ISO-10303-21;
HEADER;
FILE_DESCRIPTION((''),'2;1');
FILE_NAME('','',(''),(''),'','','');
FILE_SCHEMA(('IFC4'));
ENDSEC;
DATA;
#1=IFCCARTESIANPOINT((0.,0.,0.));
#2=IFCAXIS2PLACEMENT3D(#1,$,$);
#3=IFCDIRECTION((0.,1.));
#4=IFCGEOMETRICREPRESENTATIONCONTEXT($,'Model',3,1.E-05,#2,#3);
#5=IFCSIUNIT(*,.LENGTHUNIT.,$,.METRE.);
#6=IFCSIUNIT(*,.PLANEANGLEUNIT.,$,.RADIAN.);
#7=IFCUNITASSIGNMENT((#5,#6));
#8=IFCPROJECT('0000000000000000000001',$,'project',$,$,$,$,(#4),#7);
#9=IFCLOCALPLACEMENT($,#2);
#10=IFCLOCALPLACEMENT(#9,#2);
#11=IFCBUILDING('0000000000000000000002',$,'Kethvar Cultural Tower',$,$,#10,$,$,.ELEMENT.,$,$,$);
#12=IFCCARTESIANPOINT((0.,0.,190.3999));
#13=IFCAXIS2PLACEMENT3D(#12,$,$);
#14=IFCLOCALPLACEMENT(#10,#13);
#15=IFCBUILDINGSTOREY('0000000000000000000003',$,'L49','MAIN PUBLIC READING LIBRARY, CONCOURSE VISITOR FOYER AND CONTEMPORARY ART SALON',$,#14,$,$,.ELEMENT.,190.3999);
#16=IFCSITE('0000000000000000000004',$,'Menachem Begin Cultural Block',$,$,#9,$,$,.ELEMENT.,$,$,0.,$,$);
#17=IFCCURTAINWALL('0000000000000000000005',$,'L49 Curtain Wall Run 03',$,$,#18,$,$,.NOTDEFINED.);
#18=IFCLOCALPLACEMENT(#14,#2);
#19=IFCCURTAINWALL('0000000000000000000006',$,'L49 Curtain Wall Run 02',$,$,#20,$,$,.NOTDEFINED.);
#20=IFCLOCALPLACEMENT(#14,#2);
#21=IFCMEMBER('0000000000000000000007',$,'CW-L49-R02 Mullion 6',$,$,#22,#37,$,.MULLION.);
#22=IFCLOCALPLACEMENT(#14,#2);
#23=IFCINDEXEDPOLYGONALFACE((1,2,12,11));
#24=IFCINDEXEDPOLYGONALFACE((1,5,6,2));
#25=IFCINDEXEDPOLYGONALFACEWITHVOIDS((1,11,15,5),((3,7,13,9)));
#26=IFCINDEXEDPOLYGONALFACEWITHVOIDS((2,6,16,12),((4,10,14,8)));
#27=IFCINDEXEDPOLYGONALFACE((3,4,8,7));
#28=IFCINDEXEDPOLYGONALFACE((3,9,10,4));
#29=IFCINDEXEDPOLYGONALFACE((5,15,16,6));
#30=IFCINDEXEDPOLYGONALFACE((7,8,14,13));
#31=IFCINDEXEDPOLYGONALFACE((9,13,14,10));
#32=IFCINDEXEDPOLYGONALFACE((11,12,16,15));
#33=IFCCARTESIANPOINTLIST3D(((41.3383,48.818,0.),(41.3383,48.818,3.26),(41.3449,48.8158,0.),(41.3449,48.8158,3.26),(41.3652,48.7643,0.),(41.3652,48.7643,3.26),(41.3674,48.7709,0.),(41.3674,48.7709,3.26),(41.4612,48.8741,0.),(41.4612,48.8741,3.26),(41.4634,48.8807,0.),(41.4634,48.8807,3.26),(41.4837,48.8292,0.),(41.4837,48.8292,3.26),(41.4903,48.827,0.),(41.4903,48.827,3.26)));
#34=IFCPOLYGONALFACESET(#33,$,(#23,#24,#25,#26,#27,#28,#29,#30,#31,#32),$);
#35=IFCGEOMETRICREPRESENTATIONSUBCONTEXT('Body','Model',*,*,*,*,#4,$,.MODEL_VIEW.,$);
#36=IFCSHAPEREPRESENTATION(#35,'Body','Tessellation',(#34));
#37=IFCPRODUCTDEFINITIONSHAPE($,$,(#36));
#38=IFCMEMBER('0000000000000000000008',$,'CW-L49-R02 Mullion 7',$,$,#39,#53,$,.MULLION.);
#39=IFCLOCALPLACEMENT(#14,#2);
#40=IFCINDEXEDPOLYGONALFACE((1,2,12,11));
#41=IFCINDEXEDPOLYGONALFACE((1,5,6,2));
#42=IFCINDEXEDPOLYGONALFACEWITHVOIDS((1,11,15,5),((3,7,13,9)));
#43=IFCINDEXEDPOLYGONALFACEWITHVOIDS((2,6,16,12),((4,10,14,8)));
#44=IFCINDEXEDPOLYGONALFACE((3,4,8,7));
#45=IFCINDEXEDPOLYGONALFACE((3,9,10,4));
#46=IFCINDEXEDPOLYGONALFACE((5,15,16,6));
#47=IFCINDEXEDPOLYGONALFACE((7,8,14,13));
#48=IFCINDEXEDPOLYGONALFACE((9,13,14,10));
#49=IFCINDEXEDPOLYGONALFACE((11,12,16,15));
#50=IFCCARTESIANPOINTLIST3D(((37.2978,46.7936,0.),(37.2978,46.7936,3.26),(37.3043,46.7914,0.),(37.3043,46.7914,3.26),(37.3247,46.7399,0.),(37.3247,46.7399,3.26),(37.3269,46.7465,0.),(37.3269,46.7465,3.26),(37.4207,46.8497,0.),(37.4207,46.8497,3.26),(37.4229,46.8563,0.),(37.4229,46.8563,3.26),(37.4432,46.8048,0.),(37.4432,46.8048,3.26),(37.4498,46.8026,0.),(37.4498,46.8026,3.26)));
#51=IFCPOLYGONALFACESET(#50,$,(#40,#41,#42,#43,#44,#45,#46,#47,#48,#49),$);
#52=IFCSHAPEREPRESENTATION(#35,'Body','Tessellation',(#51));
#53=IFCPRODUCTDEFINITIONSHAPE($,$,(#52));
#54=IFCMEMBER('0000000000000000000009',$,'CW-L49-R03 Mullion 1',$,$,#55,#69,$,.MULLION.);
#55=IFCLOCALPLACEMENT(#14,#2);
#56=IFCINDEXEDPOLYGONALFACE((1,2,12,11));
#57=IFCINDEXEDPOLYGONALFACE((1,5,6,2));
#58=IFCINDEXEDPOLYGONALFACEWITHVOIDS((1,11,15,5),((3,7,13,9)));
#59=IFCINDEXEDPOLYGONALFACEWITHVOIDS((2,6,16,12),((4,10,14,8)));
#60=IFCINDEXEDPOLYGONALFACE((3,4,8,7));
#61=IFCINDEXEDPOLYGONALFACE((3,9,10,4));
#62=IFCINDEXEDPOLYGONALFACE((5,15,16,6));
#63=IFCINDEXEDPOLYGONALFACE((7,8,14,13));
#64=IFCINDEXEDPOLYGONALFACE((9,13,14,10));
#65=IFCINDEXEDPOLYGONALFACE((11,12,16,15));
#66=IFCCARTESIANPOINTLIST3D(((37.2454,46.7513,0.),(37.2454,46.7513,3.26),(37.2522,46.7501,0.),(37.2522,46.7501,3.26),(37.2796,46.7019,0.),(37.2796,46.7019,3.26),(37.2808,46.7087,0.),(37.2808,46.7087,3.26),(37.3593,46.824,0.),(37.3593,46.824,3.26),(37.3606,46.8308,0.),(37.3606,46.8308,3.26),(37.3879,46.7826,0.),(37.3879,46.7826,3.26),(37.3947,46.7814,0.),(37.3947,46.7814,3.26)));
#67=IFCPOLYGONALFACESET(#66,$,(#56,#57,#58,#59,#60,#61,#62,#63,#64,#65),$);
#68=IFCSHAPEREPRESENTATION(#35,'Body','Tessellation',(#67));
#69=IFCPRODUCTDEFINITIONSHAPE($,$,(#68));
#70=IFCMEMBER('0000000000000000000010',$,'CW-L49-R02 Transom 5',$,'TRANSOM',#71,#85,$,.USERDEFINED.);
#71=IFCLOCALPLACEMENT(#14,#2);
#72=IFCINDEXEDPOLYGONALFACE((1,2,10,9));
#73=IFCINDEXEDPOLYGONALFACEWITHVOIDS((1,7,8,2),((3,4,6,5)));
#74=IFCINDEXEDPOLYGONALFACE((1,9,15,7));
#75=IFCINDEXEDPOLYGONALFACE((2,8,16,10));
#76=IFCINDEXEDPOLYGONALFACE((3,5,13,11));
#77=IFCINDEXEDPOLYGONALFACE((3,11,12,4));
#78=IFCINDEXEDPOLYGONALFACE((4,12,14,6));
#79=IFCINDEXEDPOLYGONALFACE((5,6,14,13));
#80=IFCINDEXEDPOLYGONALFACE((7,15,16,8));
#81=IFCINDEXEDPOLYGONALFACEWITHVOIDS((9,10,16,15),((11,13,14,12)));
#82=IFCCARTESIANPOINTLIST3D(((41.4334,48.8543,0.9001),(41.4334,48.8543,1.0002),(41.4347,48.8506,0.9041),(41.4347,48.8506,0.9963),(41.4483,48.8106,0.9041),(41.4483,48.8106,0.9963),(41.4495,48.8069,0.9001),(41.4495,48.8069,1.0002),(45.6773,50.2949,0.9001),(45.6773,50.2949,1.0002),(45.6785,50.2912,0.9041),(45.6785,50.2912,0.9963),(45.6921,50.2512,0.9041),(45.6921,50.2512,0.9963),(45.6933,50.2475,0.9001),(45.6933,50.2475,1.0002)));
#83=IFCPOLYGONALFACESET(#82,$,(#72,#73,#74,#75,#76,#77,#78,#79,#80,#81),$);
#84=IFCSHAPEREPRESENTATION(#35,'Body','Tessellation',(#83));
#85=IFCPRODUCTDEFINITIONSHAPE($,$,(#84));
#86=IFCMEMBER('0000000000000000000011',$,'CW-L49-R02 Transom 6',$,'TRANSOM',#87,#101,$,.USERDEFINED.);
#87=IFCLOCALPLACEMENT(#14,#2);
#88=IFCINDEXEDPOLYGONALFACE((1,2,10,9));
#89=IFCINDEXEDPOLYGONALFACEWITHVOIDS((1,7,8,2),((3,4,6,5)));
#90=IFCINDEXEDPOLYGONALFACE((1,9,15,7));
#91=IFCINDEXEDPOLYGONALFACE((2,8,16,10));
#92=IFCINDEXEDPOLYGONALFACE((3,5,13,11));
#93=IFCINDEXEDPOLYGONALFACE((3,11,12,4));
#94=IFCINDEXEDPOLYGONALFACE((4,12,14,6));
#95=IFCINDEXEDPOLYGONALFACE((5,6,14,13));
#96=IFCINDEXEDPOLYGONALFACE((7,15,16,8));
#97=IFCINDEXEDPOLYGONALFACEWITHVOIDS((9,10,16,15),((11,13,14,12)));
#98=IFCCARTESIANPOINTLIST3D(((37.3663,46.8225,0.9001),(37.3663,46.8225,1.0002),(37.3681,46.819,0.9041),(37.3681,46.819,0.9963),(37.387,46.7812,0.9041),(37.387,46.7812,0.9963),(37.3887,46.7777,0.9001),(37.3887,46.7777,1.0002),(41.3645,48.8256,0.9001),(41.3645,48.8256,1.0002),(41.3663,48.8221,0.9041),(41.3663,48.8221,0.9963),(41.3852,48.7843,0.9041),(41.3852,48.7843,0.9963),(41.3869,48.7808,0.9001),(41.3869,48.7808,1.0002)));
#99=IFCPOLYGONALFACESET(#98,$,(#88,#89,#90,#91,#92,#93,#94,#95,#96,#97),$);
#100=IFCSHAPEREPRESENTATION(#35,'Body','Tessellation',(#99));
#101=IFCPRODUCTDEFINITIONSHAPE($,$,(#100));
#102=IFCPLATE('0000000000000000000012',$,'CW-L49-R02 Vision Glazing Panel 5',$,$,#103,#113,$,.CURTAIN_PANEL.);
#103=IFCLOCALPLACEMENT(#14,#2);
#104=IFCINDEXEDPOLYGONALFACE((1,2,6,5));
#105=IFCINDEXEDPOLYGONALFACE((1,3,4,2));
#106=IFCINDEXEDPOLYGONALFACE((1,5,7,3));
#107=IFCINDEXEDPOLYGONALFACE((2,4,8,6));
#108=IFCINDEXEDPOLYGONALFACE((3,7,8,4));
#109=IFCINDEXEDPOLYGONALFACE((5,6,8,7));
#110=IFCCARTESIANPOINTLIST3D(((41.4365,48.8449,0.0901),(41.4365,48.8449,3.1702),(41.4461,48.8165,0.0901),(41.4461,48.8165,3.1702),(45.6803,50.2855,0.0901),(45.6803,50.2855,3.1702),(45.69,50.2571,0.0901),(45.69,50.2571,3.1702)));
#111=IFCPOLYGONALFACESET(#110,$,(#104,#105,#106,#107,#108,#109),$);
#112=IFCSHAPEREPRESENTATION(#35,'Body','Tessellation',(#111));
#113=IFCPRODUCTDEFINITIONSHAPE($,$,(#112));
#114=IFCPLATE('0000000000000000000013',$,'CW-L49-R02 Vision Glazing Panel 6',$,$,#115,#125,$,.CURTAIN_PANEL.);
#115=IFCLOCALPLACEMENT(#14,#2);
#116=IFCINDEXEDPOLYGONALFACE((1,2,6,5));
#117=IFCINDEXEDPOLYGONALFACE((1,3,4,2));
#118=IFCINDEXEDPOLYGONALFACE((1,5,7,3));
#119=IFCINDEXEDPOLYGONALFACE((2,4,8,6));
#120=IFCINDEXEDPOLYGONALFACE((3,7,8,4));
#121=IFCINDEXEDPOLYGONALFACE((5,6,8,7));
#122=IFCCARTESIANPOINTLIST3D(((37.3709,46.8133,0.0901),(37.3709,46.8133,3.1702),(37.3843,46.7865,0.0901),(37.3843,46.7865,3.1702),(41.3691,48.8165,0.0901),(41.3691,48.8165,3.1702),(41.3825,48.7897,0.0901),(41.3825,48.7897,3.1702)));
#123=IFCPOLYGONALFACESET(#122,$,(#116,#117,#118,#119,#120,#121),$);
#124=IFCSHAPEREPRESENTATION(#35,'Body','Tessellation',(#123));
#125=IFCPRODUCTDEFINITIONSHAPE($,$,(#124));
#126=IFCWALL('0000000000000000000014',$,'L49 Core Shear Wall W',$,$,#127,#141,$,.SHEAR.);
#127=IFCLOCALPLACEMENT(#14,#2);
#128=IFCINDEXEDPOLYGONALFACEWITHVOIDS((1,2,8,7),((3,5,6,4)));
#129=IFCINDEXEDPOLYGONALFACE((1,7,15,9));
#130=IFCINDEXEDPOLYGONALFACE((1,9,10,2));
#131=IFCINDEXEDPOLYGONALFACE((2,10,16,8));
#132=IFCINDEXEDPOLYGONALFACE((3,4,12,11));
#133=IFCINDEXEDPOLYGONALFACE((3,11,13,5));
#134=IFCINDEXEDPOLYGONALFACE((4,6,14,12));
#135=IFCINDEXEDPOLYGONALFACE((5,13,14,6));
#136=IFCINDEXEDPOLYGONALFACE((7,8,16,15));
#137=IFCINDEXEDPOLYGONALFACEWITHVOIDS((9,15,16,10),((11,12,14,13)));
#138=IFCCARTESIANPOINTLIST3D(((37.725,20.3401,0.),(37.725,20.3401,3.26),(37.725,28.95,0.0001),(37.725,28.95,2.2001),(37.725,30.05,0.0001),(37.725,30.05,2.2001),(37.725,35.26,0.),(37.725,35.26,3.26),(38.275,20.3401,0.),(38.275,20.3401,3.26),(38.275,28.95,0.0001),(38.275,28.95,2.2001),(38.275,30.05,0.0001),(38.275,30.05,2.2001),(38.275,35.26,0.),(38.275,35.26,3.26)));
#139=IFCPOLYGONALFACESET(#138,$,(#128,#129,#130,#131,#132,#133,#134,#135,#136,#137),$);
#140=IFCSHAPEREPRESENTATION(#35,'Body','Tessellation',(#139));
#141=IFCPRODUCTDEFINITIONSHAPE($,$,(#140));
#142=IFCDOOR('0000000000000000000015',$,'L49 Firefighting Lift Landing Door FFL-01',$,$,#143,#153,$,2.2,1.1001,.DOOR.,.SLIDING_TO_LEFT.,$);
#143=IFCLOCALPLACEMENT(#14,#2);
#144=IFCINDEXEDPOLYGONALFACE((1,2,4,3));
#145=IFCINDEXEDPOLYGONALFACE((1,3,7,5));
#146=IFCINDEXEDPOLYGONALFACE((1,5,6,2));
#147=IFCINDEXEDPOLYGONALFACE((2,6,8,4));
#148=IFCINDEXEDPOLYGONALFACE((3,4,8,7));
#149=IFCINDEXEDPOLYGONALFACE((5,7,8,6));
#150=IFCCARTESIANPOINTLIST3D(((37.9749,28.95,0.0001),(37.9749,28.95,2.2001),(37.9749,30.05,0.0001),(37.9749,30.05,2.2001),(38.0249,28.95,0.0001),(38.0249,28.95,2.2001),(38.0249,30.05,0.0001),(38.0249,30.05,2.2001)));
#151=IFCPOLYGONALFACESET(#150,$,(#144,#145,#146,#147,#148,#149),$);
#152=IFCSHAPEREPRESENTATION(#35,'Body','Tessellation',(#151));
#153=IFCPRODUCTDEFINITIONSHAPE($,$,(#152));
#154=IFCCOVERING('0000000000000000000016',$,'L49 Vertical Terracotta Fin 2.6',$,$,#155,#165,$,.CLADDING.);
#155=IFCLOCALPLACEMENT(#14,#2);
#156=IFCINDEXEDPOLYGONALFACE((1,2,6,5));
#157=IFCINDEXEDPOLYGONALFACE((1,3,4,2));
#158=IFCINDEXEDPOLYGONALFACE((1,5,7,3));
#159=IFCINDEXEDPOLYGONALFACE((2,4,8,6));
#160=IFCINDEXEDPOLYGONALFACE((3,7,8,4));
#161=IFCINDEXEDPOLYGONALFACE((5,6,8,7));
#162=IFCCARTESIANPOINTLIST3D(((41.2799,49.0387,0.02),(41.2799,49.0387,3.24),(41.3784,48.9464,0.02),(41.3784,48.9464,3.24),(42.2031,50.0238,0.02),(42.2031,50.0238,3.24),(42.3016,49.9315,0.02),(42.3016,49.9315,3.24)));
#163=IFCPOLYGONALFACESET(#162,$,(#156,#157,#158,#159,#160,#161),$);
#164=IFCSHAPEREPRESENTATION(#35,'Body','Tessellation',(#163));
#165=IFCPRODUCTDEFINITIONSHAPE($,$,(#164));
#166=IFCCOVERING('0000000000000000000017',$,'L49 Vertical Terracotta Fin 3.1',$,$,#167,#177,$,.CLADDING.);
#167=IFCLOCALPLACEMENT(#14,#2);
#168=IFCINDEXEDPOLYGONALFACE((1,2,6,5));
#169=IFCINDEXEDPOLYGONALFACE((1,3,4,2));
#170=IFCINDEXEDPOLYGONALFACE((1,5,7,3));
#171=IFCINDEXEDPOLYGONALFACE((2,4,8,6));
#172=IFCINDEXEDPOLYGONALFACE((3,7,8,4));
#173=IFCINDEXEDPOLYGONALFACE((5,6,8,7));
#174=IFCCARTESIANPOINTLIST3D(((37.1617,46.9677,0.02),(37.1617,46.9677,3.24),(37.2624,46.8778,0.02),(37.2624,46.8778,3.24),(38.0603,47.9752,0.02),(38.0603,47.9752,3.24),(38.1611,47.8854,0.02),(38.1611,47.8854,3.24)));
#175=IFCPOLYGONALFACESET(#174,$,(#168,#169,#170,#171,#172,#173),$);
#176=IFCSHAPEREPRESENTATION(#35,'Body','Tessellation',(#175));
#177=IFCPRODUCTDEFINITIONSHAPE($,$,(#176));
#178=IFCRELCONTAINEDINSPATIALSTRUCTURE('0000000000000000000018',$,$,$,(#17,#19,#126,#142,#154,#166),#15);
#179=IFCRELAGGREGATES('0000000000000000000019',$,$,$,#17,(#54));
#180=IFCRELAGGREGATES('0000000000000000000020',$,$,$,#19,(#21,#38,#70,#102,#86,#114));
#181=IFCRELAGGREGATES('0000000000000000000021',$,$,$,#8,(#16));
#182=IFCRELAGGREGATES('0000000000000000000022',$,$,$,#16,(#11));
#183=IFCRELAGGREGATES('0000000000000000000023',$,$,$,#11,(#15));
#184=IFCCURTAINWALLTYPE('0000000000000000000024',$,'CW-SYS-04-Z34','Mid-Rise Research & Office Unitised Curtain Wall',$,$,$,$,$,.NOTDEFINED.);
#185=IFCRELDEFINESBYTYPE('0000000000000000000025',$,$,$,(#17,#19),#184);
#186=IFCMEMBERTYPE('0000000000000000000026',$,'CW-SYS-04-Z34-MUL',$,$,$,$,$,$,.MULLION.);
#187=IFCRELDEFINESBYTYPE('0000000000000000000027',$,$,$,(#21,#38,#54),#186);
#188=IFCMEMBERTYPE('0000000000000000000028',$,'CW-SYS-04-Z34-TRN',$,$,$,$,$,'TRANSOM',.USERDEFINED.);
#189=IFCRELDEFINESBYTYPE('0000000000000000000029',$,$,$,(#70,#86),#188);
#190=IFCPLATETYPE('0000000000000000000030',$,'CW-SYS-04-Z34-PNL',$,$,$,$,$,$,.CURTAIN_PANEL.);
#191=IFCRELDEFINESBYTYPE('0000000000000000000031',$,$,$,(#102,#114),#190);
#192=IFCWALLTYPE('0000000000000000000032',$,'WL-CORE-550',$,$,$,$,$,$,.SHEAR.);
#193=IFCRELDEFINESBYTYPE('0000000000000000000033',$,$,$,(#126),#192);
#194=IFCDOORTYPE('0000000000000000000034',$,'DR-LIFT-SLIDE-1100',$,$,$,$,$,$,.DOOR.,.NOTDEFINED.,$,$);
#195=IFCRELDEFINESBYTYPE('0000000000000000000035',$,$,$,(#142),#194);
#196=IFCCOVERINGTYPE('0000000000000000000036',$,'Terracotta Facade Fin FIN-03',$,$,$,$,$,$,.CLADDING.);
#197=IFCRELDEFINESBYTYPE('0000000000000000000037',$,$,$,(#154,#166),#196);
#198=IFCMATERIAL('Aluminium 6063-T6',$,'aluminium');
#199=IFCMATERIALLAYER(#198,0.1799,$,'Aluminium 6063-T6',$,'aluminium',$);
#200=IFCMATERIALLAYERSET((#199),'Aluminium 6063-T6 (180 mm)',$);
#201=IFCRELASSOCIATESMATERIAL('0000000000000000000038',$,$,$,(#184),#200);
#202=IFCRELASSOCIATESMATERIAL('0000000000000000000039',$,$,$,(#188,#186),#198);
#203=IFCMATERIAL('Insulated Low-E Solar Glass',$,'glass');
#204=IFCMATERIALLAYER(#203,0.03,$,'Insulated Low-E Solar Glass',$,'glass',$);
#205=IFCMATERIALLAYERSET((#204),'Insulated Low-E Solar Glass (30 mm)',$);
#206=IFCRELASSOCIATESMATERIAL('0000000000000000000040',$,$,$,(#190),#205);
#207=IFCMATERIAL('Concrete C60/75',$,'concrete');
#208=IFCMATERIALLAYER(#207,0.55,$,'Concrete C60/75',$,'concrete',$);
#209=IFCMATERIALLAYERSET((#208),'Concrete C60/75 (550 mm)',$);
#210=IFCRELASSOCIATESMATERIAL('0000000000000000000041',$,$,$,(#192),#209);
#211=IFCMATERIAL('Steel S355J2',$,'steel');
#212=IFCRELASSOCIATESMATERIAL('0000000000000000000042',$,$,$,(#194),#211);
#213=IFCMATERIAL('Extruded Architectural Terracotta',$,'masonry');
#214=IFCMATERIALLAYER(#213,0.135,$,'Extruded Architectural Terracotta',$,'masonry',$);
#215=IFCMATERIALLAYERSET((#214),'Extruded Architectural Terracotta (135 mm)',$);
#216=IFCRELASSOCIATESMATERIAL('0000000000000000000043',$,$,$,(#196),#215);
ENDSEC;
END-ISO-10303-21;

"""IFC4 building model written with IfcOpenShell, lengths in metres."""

from ifc_helpers import new_model, si_unit, direction, frame, frame_2d, origin, origin_2d, place, context, subcontext, project, spatial, rectangle, hollow_rectangle, extrude, source, transform, mapped, material, layer, layer_set, material_profile, profile_set, type_object, element, fill, aggregate, save


model = new_model("IFC4")

# Units and contexts
model_context = context("Model", 3, precision=1e-05, world=origin(), true_north=direction((0.0, 1.0)))
body_context = subcontext(model_context, "Body", "Model", "MODEL_VIEW")
ifc_project = project(units=[si_unit("LENGTHUNIT", "METRE"), si_unit("PLANEANGLEUNIT", "RADIAN")], contexts=[model_context])

# Site, building, storey
site_placement = place(None, origin())
site = spatial("IfcSite", under=ifc_project, at=site_placement, Name="Menachem Begin Cultural Block", CompositionType="ELEMENT", RefElevation=0.0)
building_placement = place(site_placement, origin())
building = spatial("IfcBuilding", under=site, at=building_placement, Name="Kethvar Cultural Tower", CompositionType="ELEMENT")
storey_placement = place(building_placement, frame((0.0, 0.0, 190.3999)))
storey = spatial("IfcBuildingStorey", under=building, at=storey_placement, Name="L49", Description="MAIN PUBLIC READING LIBRARY, CONCOURSE VISITOR FOYER AND CONTEMPORARY ART SALON", CompositionType="ELEMENT", Elevation=190.3999)

# Shared definitions
ifc_material_1 = material(Name="Steel S355J2", Category="steel")

# Curtain wall
ifc_material_2 = material(Name="Aluminium 6063-T6", Category="aluminium")
ifc_layer_1 = layer(ifc_material_2, 0.1799, Name="Aluminium 6063-T6", Category="aluminium")
ifc_layer_set_1 = layer_set([ifc_layer_1], Name="Aluminium 6063-T6 (180 mm)")
curtain_wall_type = type_object("IfcCurtainWallType", Name="CW-SYS-04-Z34", Description="Mid-Rise Research & Office Unitised Curtain Wall", PredefinedType="NOTDEFINED", material=ifc_layer_set_1)
curtain_wall_1_placement = place(storey_placement, origin())
curtain_wall_1 = element("IfcCurtainWall", 1, at=curtain_wall_1_placement, inside=storey, type_object=curtain_wall_type, Name="L49 Curtain Wall Run 03", PredefinedType="NOTDEFINED")
ifc_material_profile_1 = material_profile(ifc_material_2, hollow_rectangle(XDim=0.05, YDim=0.1001, WallThickness=0.0039, at=origin_2d()), Name="Aluminium 6063-T6 — RHS100x50x4")
ifc_profile_set_1 = profile_set([ifc_material_profile_1], Name="Aluminium 6063-T6 — RHS100x50x4")
member_type_1 = type_object("IfcMemberType", Name="CW-SYS-04-Z34-TRN", ElementType="TRANSOM", PredefinedType="USERDEFINED", material=ifc_profile_set_1)

# Curtain wall, members
curtain_wall_2_placement = place(storey_placement, origin())
curtain_wall_2 = element("IfcCurtainWall", 2, at=curtain_wall_2_placement, inside=storey, type_object=curtain_wall_type, Name="L49 Curtain Wall Run 02", PredefinedType="NOTDEFINED")
ifc_material_profile_2 = material_profile(ifc_material_2, hollow_rectangle(XDim=0.0601, YDim=0.1399, WallThickness=0.0049, at=origin_2d()), Name="Aluminium 6063-T6 — RHS140x60x5")
ifc_profile_set_2 = profile_set([ifc_material_profile_2], Name="Aluminium 6063-T6 — RHS140x60x5")
member_type_2 = type_object("IfcMemberType", Name="CW-SYS-04-Z34-MUL", PredefinedType="MULLION", material=ifc_profile_set_2)
shared_shape_1 = source(origin(), body_context, "Body", "SweptSolid", [
    extrude(hollow_rectangle(XDim=0.0601, YDim=0.1399, WallThickness=0.0049, at=origin_2d()), origin(), (0.0, 0.0, 1.0), 3.26),
])
member_1_placement = place(storey_placement, frame((41.4143, 48.8225, 0.0), z_axis=(0.0, 0.0, 1.0), x_axis=(0.447946, -0.89406, 0.0)))
member_1 = element("IfcMember", 3, at=member_1_placement, type_object=member_type_2, Name="CW-L49-R02 Mullion 6", PredefinedType="MULLION", context=body_context, shape_type="MappedRepresentation", body=[
    mapped(shared_shape_1, transform((0.0, 0.0, 0.0), scale=1.0)),
])
member_2_placement = place(storey_placement, frame((37.3738, 46.7981, 0.0), z_axis=(0.0, 0.0, 1.0), x_axis=(0.447946, -0.89406, 0.0)))
member_2 = element("IfcMember", 4, at=member_2_placement, type_object=member_type_2, Name="CW-L49-R02 Mullion 7", PredefinedType="MULLION", context=body_context, shape_type="MappedRepresentation", body=[
    mapped(shared_shape_1, transform((0.0, 0.0, 0.0), scale=1.0)),
])

# Members
member_3_placement = place(storey_placement, frame((37.3201, 46.7664, 0.0), z_axis=(0.0, 0.0, 1.0), x_axis=(0.568145, -0.822928, 0.0)))
member_3 = element("IfcMember", 5, at=member_3_placement, type_object=member_type_2, Name="CW-L49-R03 Mullion 1", PredefinedType="MULLION", context=body_context, shape_type="MappedRepresentation", body=[
    mapped(shared_shape_1, transform((0.0, 0.0, 0.0), scale=1.0)),
])
aggregate(curtain_wall_1, [member_3])
shared_shape_2 = source(origin(), body_context, "Body", "SweptSolid", [
    extrude(hollow_rectangle(XDim=0.05, YDim=0.1001, WallThickness=0.0039, at=origin_2d()), origin(), (0.0, 0.0, 1.0), 4.4817),
])
member_4_placement = place(storey_placement, frame((45.6853, 50.2712, 0.9502), z_axis=(-0.946926, -0.321452, 0.0), x_axis=(0.321452, -0.946926, 0.0)))
member_4 = element("IfcMember", 6, at=member_4_placement, type_object=member_type_1, Name="CW-L49-R02 Transom 5", ObjectType="TRANSOM", PredefinedType="USERDEFINED", context=body_context, shape_type="MappedRepresentation", body=[
    mapped(shared_shape_2, transform((0.0, 0.0, 0.0), scale=1.0)),
])
shared_shape_3 = source(origin(), body_context, "Body", "SweptSolid", [
    extrude(hollow_rectangle(XDim=0.05, YDim=0.1001, WallThickness=0.0039, at=origin_2d()), origin(), (0.0, 0.0, 1.0), 4.4719),
])
member_5_placement = place(storey_placement, frame((41.3757, 48.8032, 0.9502), z_axis=(-0.894067, -0.447934, 0.0), x_axis=(0.447934, -0.894067, 0.0)))
member_5 = element("IfcMember", 7, at=member_5_placement, type_object=member_type_1, Name="CW-L49-R02 Transom 6", ObjectType="TRANSOM", PredefinedType="USERDEFINED", context=body_context, shape_type="MappedRepresentation", body=[
    mapped(shared_shape_3, transform((0.0, 0.0, 0.0), scale=1.0)),
])

# Plates
ifc_material_3 = material(Name="Insulated Low-E Solar Glass", Category="glass")
ifc_layer_2 = layer(ifc_material_3, 0.03, Name="Insulated Low-E Solar Glass", Category="glass")
ifc_layer_set_2 = layer_set([ifc_layer_2], Name="Insulated Low-E Solar Glass (30 mm)")
plate_type = type_object("IfcPlateType", Name="CW-SYS-04-Z34-PNL", PredefinedType="CURTAIN_PANEL", material=ifc_layer_set_2)
shared_shape_4 = source(origin(), body_context, "Body", "SweptSolid", [
    extrude(rectangle(XDim=4.4817, YDim=0.03, at=origin_2d()), origin(), (0.0, 0.0, 1.0), 3.0801),
])
plate_1_placement = place(storey_placement, frame((43.5632, 49.551, 0.0901), z_axis=(0.0, 0.0, 1.0), x_axis=(-0.94693, -0.321439, 0.0)))
plate_1 = element("IfcPlate", 8, at=plate_1_placement, type_object=plate_type, Name="CW-L49-R02 Vision Glazing Panel 5", PredefinedType="CURTAIN_PANEL", context=body_context, shape_type="MappedRepresentation", body=[
    mapped(shared_shape_4, transform((0.0, 0.0, 0.0), scale=1.0)),
])
shared_shape_5 = source(origin(), body_context, "Body", "SweptSolid", [
    extrude(rectangle(XDim=4.4719, YDim=0.03, at=origin_2d()), origin(), (0.0, 0.0, 1.0), 3.0801),
])
plate_2_placement = place(storey_placement, frame((39.3767, 47.8015, 0.0901), z_axis=(0.0, 0.0, 1.0), x_axis=(-0.89406, -0.447946, 0.0)))
plate_2 = element("IfcPlate", 9, at=plate_2_placement, type_object=plate_type, Name="CW-L49-R02 Vision Glazing Panel 6", PredefinedType="CURTAIN_PANEL", context=body_context, shape_type="MappedRepresentation", body=[
    mapped(shared_shape_5, transform((0.0, 0.0, 0.0), scale=1.0)),
])
aggregate(curtain_wall_2, [member_1, member_2, member_4, plate_1, member_5, plate_2])

# Wall, opening, door
ifc_material_4 = material(Name="Concrete C60/75", Category="concrete")
ifc_layer_3 = layer(ifc_material_4, 0.55, Name="Concrete C60/75", Category="concrete")
ifc_layer_set_3 = layer_set([ifc_layer_3], Name="Concrete C60/75 (550 mm)")
wall_type = type_object("IfcWallType", Name="WL-CORE-550", PredefinedType="SHEAR", material=ifc_layer_set_3)
wall_placement = place(storey_placement, frame((38.0, 35.26, 0.0), z_axis=(0.0, 0.0, 1.0), x_axis=(0.0, -1.0, 0.0)))
wall = element("IfcWall", 10, at=wall_placement, inside=storey, type_object=wall_type, Name="L49 Core Shear Wall W", PredefinedType="SHEAR", context=body_context, shape_type="SweptSolid", body=[
    extrude(rectangle(XDim=14.9199, YDim=0.55, at=frame_2d((7.46, 0.0))), origin(), (0.0, 0.0, 1.0), 3.26),
])
opening_placement = place(wall_placement, frame((5.21, 0.0, 0.0)))
opening = element("IfcOpeningElement", 11, at=opening_placement, cuts=wall, PredefinedType="OPENING", context=body_context, shape_type="SweptSolid", body=[
    extrude(rectangle(XDim=1.1001, YDim=2.2, at=frame_2d((0.55, 1.1001))), frame((0.0, 0.2849, 0.0), z_axis=(0.0, -1.0, 0.0), x_axis=(1.0, 0.0, 0.0)), (0.0, 0.0, 1.0), 0.5701),
])
door_type = type_object("IfcDoorType", Name="DR-LIFT-SLIDE-1100", OperationType="NOTDEFINED", PredefinedType="DOOR", material=ifc_material_1)
shared_shape_6 = source(origin(), body_context, "Body", "SweptSolid", [
    extrude(rectangle(XDim=1.1001, YDim=2.2, at=frame_2d((0.55, 1.1001))), frame((0.0, 0.0249, 0.0), z_axis=(0.0, -1.0, 0.0), x_axis=(1.0, 0.0, 0.0)), (0.0, 0.0, 1.0), 0.05),
])
door_placement = place(opening_placement, origin())
door = element("IfcDoor", 12, at=door_placement, inside=storey, type_object=door_type, Name="L49 Firefighting Lift Landing Door FFL-01", OperationType="SLIDING_TO_LEFT", OverallHeight=2.2, OverallWidth=1.1001, PredefinedType="DOOR", context=body_context, shape_type="MappedRepresentation", body=[
    mapped(shared_shape_6, transform((0.0, 0.0, 0.0), scale=1.0)),
])
fill(opening, door)

# Coverings
ifc_material_5 = material(Name="Extruded Architectural Terracotta", Category="masonry")
ifc_layer_4 = layer(ifc_material_5, 0.135, Name="Extruded Architectural Terracotta", Category="masonry")
ifc_layer_set_4 = layer_set([ifc_layer_4], Name="Extruded Architectural Terracotta (135 mm)")
covering_type = type_object("IfcCoveringType", Name="Terracotta Facade Fin FIN-03", PredefinedType="CLADDING", material=ifc_layer_set_4)
shared_shape_7 = source(origin(), body_context, "Body", "SweptSolid", [
    extrude(rectangle(XDim=1.3501, YDim=0.135, at=origin_2d()), origin(), (0.0, 0.0, 1.0), 3.22),
])
for number, where, z_axis, x_axis, name in (
    (13, (41.7908, 49.4851, 0.02), (0.0, 0.0, 1.0), (0.683783, 0.729685, 0.0), "L49 Vertical Terracotta Fin 2.6"),
    (14, (37.6614, 47.4265, 0.02), (0.0, 0.0, 1.0), (0.665621, 0.74629, 0.0), "L49 Vertical Terracotta Fin 3.1"),
):
    element("IfcCovering", number, at=place(storey_placement, frame(where, z_axis=z_axis, x_axis=x_axis)), inside=storey, type_object=covering_type, Name=name, PredefinedType="CLADDING", context=body_context, shape_type="MappedRepresentation", body=[
        mapped(shared_shape_7, transform((0.0, 0.0, 0.0), scale=1.0)),
    ])

save(model, "model.ifc")
